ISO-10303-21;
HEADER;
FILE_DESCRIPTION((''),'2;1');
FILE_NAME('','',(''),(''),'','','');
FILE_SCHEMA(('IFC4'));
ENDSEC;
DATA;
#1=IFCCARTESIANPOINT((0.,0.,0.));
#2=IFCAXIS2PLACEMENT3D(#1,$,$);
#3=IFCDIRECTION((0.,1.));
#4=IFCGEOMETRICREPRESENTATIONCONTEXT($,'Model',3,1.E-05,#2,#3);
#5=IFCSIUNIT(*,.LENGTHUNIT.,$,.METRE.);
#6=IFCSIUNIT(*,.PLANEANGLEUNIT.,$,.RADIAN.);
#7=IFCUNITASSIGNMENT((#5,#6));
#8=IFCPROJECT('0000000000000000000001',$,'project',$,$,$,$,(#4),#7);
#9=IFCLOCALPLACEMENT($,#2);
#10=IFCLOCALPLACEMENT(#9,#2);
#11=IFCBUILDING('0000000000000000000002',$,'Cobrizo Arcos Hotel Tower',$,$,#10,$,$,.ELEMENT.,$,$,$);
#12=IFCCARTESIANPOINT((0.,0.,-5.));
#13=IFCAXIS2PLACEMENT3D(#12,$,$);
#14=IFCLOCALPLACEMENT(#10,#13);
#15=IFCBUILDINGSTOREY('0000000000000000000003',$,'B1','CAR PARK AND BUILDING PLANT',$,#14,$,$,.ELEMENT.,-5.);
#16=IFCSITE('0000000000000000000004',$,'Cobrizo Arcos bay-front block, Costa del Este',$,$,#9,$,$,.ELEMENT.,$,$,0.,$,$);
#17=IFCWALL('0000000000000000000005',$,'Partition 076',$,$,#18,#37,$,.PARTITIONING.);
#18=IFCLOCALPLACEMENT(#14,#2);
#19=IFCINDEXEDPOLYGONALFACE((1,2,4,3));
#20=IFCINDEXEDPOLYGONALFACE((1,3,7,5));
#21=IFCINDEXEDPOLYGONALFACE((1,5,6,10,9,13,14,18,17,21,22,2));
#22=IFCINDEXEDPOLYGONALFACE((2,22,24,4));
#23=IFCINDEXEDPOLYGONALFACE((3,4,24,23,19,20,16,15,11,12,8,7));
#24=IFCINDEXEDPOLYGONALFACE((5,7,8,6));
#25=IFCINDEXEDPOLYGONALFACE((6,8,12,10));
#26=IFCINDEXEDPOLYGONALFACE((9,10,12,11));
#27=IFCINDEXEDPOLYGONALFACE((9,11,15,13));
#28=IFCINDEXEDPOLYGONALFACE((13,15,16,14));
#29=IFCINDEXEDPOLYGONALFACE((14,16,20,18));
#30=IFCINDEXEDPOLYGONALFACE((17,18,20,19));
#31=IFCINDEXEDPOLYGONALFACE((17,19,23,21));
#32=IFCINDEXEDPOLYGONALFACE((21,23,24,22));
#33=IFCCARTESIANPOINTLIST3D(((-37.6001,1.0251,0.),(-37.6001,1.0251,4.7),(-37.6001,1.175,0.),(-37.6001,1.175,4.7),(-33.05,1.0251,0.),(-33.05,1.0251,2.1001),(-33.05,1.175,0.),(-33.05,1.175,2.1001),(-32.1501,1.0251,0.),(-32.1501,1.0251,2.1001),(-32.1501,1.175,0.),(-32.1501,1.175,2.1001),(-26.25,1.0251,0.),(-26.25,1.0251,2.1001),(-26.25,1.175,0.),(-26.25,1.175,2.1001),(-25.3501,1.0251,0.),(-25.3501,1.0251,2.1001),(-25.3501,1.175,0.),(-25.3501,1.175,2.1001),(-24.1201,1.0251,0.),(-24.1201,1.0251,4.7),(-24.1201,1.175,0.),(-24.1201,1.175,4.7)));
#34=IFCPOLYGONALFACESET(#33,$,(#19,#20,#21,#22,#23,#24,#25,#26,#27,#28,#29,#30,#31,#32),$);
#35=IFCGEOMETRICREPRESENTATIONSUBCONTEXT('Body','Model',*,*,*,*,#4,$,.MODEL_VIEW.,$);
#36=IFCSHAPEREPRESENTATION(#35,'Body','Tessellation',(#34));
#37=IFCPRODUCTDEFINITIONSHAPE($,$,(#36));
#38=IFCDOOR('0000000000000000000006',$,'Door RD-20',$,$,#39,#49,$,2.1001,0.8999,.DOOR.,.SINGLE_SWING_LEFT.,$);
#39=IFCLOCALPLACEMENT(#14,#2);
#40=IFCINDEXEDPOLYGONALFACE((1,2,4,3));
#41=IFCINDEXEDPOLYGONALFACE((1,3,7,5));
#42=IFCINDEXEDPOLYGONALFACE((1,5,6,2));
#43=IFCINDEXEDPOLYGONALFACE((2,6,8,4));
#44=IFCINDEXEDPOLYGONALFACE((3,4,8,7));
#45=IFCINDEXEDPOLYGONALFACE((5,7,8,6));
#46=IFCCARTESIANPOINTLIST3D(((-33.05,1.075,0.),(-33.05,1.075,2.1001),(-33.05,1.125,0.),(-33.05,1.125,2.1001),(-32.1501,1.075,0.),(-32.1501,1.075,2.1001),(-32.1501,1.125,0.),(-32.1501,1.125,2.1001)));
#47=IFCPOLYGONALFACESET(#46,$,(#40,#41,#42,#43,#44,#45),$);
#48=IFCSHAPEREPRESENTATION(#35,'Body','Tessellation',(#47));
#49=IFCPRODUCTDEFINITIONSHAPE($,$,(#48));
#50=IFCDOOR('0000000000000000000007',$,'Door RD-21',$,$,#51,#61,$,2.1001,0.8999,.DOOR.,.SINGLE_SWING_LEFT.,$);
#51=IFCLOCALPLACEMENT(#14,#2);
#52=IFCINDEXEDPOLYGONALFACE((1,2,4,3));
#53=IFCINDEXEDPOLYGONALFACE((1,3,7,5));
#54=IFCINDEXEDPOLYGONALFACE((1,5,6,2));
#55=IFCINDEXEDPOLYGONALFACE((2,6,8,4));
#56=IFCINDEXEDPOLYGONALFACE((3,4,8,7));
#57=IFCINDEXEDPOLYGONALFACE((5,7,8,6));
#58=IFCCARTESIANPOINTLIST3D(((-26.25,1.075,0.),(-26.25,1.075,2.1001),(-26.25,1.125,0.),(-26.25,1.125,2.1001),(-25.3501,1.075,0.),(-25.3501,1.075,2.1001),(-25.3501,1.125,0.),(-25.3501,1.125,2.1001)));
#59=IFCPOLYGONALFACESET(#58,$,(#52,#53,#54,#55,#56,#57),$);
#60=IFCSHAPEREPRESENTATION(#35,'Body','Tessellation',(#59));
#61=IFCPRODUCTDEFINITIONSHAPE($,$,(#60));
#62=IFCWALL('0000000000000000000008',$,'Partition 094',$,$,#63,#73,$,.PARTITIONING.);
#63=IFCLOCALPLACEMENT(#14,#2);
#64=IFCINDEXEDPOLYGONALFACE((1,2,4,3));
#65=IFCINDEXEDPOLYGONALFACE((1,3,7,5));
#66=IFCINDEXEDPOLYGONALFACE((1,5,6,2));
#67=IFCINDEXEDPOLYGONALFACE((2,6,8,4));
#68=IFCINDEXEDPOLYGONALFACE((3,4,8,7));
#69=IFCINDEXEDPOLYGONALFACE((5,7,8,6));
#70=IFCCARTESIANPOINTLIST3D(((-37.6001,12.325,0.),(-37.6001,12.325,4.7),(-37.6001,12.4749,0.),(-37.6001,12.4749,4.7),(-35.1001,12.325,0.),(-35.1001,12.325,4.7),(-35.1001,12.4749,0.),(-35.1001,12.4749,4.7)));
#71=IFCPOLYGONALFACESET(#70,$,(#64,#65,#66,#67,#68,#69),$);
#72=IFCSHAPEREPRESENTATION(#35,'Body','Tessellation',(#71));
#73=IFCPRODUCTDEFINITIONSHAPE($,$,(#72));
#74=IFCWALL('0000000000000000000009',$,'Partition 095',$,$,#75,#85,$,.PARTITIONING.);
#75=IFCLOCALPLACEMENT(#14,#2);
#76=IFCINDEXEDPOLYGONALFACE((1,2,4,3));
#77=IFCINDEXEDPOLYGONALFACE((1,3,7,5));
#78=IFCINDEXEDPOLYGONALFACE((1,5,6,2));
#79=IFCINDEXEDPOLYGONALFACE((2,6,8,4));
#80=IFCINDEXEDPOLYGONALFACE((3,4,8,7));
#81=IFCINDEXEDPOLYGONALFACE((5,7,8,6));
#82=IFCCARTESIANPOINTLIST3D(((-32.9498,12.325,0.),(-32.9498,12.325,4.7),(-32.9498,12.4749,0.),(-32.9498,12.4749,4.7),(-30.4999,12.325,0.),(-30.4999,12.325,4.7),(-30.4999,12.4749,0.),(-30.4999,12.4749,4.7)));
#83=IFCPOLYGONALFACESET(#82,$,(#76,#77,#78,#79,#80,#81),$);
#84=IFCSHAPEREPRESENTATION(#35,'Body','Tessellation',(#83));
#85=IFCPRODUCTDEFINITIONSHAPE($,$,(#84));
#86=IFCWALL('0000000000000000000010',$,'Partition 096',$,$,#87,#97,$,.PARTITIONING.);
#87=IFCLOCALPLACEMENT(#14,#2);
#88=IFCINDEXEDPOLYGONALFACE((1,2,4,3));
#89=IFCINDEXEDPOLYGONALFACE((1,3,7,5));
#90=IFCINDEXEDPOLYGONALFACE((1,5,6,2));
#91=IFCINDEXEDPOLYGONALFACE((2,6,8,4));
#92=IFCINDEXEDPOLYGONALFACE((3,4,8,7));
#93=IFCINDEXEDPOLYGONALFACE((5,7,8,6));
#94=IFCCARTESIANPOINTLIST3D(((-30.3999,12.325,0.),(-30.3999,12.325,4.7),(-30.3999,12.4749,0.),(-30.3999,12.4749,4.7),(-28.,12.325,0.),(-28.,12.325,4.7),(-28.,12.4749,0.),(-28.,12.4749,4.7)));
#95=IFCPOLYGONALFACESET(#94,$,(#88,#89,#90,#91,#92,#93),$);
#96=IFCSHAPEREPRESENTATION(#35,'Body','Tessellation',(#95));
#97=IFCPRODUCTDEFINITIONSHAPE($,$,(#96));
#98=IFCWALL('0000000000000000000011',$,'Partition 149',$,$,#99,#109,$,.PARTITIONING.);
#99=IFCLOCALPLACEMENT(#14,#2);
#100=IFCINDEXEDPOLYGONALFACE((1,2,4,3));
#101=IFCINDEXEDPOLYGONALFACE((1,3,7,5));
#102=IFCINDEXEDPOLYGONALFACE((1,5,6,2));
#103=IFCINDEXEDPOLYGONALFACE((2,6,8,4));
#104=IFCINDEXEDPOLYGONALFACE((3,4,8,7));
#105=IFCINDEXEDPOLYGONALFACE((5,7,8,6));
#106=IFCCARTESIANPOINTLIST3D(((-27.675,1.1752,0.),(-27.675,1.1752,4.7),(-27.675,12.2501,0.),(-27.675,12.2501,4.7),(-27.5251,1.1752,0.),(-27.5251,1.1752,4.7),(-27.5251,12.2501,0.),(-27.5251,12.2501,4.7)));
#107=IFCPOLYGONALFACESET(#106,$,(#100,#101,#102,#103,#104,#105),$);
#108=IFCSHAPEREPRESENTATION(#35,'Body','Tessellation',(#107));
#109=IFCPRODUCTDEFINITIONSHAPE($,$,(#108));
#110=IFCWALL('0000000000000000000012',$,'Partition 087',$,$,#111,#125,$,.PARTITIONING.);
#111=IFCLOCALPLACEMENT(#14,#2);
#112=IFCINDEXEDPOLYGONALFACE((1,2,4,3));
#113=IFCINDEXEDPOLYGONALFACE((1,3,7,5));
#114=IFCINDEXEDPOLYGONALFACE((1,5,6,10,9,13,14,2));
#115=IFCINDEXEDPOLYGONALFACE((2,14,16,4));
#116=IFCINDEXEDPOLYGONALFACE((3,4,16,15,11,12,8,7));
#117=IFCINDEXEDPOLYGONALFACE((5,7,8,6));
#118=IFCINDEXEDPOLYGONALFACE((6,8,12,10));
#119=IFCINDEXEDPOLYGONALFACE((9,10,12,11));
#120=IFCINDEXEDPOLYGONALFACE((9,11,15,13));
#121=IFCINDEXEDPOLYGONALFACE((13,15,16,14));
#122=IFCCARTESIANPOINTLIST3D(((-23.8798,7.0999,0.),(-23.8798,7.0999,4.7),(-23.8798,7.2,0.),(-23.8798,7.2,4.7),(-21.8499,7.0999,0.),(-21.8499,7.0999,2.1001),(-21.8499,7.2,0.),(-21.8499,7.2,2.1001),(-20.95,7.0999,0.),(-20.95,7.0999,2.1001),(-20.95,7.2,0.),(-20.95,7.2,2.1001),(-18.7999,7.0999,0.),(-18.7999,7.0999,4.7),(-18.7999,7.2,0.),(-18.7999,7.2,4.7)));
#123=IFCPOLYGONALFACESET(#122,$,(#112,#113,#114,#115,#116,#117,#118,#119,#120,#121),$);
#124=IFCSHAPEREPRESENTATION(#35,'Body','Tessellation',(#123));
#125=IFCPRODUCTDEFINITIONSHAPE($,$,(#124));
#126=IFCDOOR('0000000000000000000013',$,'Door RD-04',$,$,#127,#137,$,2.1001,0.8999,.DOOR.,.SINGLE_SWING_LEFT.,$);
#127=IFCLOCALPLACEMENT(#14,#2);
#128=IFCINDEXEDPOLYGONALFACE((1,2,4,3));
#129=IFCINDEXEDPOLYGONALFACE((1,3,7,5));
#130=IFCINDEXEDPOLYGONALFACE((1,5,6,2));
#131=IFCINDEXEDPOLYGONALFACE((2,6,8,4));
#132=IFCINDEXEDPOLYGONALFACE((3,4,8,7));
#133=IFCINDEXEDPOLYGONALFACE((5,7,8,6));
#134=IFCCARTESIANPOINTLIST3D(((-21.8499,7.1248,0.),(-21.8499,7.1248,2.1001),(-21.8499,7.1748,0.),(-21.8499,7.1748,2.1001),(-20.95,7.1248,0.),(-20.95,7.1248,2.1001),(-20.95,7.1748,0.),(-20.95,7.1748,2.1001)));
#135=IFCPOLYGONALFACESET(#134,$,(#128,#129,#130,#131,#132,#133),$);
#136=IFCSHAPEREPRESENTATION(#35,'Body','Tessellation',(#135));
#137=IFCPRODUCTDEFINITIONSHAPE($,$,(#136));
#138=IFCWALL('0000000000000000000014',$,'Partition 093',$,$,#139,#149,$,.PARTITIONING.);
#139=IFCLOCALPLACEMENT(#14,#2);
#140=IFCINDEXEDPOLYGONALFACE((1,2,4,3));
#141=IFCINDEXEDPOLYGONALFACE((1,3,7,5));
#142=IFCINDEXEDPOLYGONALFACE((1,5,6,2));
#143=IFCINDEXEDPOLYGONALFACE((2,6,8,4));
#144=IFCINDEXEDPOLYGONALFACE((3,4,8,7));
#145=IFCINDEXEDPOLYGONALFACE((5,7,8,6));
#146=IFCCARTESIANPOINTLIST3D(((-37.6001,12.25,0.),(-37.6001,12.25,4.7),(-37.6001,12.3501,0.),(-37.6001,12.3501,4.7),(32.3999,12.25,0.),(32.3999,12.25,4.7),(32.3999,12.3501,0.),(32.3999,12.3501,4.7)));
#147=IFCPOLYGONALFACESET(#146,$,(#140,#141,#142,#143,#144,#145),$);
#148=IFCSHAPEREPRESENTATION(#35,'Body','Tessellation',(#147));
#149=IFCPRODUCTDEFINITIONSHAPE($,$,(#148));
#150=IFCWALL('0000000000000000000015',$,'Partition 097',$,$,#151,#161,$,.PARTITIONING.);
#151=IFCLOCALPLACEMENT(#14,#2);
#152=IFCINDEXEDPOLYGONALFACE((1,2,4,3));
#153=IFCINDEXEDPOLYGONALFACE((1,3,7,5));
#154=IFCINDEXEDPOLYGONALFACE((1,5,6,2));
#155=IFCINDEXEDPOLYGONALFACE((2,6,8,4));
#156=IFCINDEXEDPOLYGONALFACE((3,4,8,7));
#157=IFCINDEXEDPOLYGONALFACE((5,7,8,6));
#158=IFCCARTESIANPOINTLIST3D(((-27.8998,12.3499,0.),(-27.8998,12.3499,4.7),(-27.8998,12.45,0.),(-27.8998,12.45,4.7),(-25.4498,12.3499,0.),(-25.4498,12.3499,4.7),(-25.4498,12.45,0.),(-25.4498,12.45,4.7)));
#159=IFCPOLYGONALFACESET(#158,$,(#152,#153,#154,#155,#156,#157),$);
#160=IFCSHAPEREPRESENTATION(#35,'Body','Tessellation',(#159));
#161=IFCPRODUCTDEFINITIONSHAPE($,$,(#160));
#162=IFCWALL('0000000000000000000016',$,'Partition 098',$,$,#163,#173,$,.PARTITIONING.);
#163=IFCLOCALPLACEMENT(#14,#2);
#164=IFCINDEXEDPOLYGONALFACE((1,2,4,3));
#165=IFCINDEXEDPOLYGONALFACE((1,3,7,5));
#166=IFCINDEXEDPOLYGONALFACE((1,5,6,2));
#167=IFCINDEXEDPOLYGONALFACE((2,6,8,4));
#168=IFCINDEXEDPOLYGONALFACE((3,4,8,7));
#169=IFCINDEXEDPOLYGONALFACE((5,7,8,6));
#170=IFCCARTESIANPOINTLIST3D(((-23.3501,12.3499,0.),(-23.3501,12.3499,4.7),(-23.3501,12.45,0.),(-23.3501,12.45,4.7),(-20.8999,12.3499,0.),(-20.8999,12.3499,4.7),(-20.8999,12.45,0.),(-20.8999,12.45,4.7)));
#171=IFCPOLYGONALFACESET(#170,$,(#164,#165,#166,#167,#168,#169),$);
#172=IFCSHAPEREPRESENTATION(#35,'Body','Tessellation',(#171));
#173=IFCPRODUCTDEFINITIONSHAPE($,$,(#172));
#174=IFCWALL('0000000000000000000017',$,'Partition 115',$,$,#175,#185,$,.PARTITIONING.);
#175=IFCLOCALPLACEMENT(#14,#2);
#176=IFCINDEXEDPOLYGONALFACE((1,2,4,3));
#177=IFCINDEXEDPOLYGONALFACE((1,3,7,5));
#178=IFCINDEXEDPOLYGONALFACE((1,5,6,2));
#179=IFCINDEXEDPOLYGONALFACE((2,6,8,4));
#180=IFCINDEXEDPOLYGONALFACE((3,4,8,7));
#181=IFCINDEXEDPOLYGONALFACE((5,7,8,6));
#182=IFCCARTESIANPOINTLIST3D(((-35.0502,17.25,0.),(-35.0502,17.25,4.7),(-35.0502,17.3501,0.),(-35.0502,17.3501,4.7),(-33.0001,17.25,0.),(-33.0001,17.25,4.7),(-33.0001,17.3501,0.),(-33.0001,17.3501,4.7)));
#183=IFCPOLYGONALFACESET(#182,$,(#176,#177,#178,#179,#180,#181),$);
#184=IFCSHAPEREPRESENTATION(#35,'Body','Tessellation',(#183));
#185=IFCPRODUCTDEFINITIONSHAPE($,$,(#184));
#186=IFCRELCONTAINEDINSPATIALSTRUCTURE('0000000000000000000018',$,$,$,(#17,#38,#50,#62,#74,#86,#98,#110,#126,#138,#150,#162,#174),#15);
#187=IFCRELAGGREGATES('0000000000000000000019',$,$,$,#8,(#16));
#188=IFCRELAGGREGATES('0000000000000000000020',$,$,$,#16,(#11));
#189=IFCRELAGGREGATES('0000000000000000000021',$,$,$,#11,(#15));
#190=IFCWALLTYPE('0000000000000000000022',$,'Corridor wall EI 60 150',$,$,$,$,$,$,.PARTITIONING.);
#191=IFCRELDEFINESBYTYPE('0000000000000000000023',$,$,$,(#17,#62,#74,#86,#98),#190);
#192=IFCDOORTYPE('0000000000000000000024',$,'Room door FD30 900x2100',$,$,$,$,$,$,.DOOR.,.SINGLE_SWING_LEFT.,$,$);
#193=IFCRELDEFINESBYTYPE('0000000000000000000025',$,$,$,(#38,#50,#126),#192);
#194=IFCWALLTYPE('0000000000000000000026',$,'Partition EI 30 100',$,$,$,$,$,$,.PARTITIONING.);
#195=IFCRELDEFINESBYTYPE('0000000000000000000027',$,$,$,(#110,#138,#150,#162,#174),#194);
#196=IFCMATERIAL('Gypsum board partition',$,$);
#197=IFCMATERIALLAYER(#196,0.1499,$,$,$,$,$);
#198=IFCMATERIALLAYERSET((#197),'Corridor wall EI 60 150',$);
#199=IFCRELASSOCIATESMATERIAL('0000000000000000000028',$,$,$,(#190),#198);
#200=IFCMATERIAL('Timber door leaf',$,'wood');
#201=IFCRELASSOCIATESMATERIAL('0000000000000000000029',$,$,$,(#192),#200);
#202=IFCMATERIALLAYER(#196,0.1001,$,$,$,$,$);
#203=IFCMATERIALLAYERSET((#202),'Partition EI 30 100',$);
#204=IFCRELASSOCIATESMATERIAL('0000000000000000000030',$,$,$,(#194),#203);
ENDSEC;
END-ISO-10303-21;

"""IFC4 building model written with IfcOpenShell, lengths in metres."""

from ifc_helpers import new_model, si_unit, direction, frame, frame_2d, origin, place, context, subcontext, project, spatial, rectangle, extrude, material, layer, layer_set, type_object, element, fill, save


model = new_model("IFC4")

# Units and contexts
model_context = context("Model", 3, precision=1e-05, world=origin(), true_north=direction((0.0, 1.0)))
body_context = subcontext(model_context, "Body", "Model", "MODEL_VIEW")
ifc_project = project(units=[si_unit("LENGTHUNIT", "METRE"), si_unit("PLANEANGLEUNIT", "RADIAN")], contexts=[model_context])

# Site, building, storey
site_placement = place(None, origin())
site = spatial("IfcSite", under=ifc_project, at=site_placement, Name="Cobrizo Arcos bay-front block, Costa del Este", CompositionType="ELEMENT", RefElevation=0.0)
building_placement = place(site_placement, origin())
building = spatial("IfcBuilding", under=site, at=building_placement, Name="Cobrizo Arcos Hotel Tower", CompositionType="ELEMENT")
storey_placement = place(building_placement, frame((0.0, 0.0, -5.0)))
storey = spatial("IfcBuildingStorey", under=building, at=storey_placement, Name="B1", Description="CAR PARK AND BUILDING PLANT", CompositionType="ELEMENT", Elevation=-5.0)

# Shared definitions
ifc_material_1 = material(Name="Gypsum board partition")
ifc_layer_1 = layer(ifc_material_1, 0.1499)
ifc_layer_set_1 = layer_set([ifc_layer_1], Name="Corridor wall EI 60 150")
wall_type_1 = type_object("IfcWallType", Name="Corridor wall EI 60 150", PredefinedType="PARTITIONING", material=ifc_layer_set_1)
ifc_material_2 = material(Name="Timber door leaf", Category="wood")
door_type = type_object("IfcDoorType", Name="Room door FD30 900x2100", OperationType="SINGLE_SWING_LEFT", PredefinedType="DOOR", material=ifc_material_2)

# Wall, openings, doors
wall_1_placement = place(storey_placement, frame((-37.6001, 1.1001, 0.0), z_axis=(0.0, 0.0, 1.0), x_axis=(1.0, 0.0, 0.0)))
wall_1 = element("IfcWall", 1, at=wall_1_placement, inside=storey, type_object=wall_type_1, Name="Partition 076", PredefinedType="PARTITIONING", context=body_context, shape_type="SweptSolid", body=[
    extrude(rectangle(XDim=13.48, YDim=0.1499, at=frame_2d((6.74, 0.0))), origin(), (0.0, 0.0, 1.0), 4.7),
])
opening_1_placement = place(wall_1_placement, frame((4.55, 0.0, 0.0)))
opening_1 = element("IfcOpeningElement", 2, at=opening_1_placement, cuts=wall_1, PredefinedType="OPENING", context=body_context, shape_type="SweptSolid", body=[
    extrude(rectangle(XDim=0.8999, YDim=2.1001, at=frame_2d((0.45, 1.05))), frame((0.0, 0.0869, 0.0), z_axis=(0.0, -1.0, 0.0), x_axis=(1.0, 0.0, 0.0)), (0.0, 0.0, 1.0), 0.1738),
])
opening_2_placement = place(wall_1_placement, frame((11.3501, 0.0, 0.0)))
opening_2 = element("IfcOpeningElement", 3, at=opening_2_placement, cuts=wall_1, PredefinedType="OPENING", context=body_context, shape_type="SweptSolid", body=[
    extrude(rectangle(XDim=0.8999, YDim=2.1001, at=frame_2d((0.45, 1.05))), frame((0.0, 0.0869, 0.0), z_axis=(0.0, -1.0, 0.0), x_axis=(1.0, 0.0, 0.0)), (0.0, 0.0, 1.0), 0.1738),
])
door_1_placement = place(opening_1_placement, origin())
door_1 = element("IfcDoor", 4, at=door_1_placement, inside=storey, type_object=door_type, Name="Door RD-20", OperationType="SINGLE_SWING_LEFT", OverallHeight=2.1001, OverallWidth=0.8999, PredefinedType="DOOR", context=body_context, shape_type="SweptSolid", body=[
    extrude(rectangle(XDim=0.8999, YDim=2.1001, at=frame_2d((0.45, 1.05))), frame((0.0, 0.0249, 0.0), z_axis=(0.0, -1.0, 0.0), x_axis=(1.0, 0.0, 0.0)), (0.0, 0.0, 1.0), 0.05),
])
fill(opening_1, door_1)
door_2_placement = place(opening_2_placement, origin())
door_2 = element("IfcDoor", 5, at=door_2_placement, inside=storey, type_object=door_type, Name="Door RD-21", OperationType="SINGLE_SWING_LEFT", OverallHeight=2.1001, OverallWidth=0.8999, PredefinedType="DOOR", context=body_context, shape_type="SweptSolid", body=[
    extrude(rectangle(XDim=0.8999, YDim=2.1001, at=frame_2d((0.45, 1.05))), frame((0.0, 0.0249, 0.0), z_axis=(0.0, -1.0, 0.0), x_axis=(1.0, 0.0, 0.0)), (0.0, 0.0, 1.0), 0.05),
])
fill(opening_2, door_2)

# Walls
wall_2_placement = place(storey_placement, frame((-37.6001, 12.3999, 0.0), z_axis=(0.0, 0.0, 1.0), x_axis=(1.0, 0.0, 0.0)))
element("IfcWall", 6, at=wall_2_placement, inside=storey, type_object=wall_type_1, Name="Partition 094", PredefinedType="PARTITIONING", context=body_context, shape_type="SweptSolid", body=[
    extrude(rectangle(XDim=2.5, YDim=0.1499, at=frame_2d((1.25, 0.0))), origin(), (0.0, 0.0, 1.0), 4.7),
])
wall_3_placement = place(storey_placement, frame((-32.95, 12.3999, 0.0), z_axis=(0.0, 0.0, 1.0), x_axis=(1.0, 0.0, 0.0)))
element("IfcWall", 7, at=wall_3_placement, inside=storey, type_object=wall_type_1, Name="Partition 095", PredefinedType="PARTITIONING", context=body_context, shape_type="SweptSolid", body=[
    extrude(rectangle(XDim=2.45, YDim=0.1499, at=frame_2d((1.2251, 0.0))), origin(), (0.0, 0.0, 1.0), 4.7),
])
wall_4_placement = place(storey_placement, frame((-30.3999, 12.3999, 0.0), z_axis=(0.0, 0.0, 1.0), x_axis=(1.0, 0.0, 0.0)))
element("IfcWall", 8, at=wall_4_placement, inside=storey, type_object=wall_type_1, Name="Partition 096", PredefinedType="PARTITIONING", context=body_context, shape_type="SweptSolid", body=[
    extrude(rectangle(XDim=2.3999, YDim=0.1499, at=frame_2d((1.2, 0.0))), origin(), (0.0, 0.0, 1.0), 4.7),
])
wall_5_placement = place(storey_placement, frame((-27.6001, 1.175, 0.0), z_axis=(0.0, 0.0, 1.0), x_axis=(0.0, 1.0, 0.0)))
element("IfcWall", 9, at=wall_5_placement, inside=storey, type_object=wall_type_1, Name="Partition 149", PredefinedType="PARTITIONING", context=body_context, shape_type="SweptSolid", body=[
    extrude(rectangle(XDim=11.075, YDim=0.1499, at=frame_2d((5.5376, 0.0))), origin(), (0.0, 0.0, 1.0), 4.7),
])

# Wall, opening, door
ifc_layer_2 = layer(ifc_material_1, 0.1001)
ifc_layer_set_2 = layer_set([ifc_layer_2], Name="Partition EI 30 100")
wall_type_2 = type_object("IfcWallType", Name="Partition EI 30 100", PredefinedType="PARTITIONING", material=ifc_layer_set_2)
wall_6_placement = place(storey_placement, frame((-23.8799, 7.1499, 0.0), z_axis=(0.0, 0.0, 1.0), x_axis=(1.0, 0.0, 0.0)))
wall_6 = element("IfcWall", 10, at=wall_6_placement, inside=storey, type_object=wall_type_2, Name="Partition 087", PredefinedType="PARTITIONING", context=body_context, shape_type="SweptSolid", body=[
    extrude(rectangle(XDim=5.0798, YDim=0.1001, at=frame_2d((2.54, 0.0))), origin(), (0.0, 0.0, 1.0), 4.7),
])
opening_3_placement = place(wall_6_placement, frame((2.03, 0.0, 0.0)))
opening_3 = element("IfcOpeningElement", 11, at=opening_3_placement, cuts=wall_6, PredefinedType="OPENING", context=body_context, shape_type="SweptSolid", body=[
    extrude(rectangle(XDim=0.8999, YDim=2.1001, at=frame_2d((0.45, 1.05))), frame((0.0, 0.062, 0.0), z_axis=(0.0, -1.0, 0.0), x_axis=(1.0, 0.0, 0.0)), (0.0, 0.0, 1.0), 0.124),
])
door_3_placement = place(opening_3_placement, origin())
door_3 = element("IfcDoor", 12, at=door_3_placement, inside=storey, type_object=door_type, Name="Door RD-04", OperationType="SINGLE_SWING_LEFT", OverallHeight=2.1001, OverallWidth=0.8999, PredefinedType="DOOR", context=body_context, shape_type="SweptSolid", body=[
    extrude(rectangle(XDim=0.8999, YDim=2.1001, at=frame_2d((0.45, 1.05))), frame((0.0, 0.0249, 0.0), z_axis=(0.0, -1.0, 0.0), x_axis=(1.0, 0.0, 0.0)), (0.0, 0.0, 1.0), 0.05),
])
fill(opening_3, door_3)

# Walls
wall_7_placement = place(storey_placement, frame((-37.6001, 12.3, 0.0), z_axis=(0.0, 0.0, 1.0), x_axis=(1.0, 0.0, 0.0)))
element("IfcWall", 13, at=wall_7_placement, inside=storey, type_object=wall_type_2, Name="Partition 093", PredefinedType="PARTITIONING", context=body_context, shape_type="SweptSolid", body=[
    extrude(rectangle(XDim=70.0, YDim=0.1001, at=frame_2d((35.0, 0.0))), origin(), (0.0, 0.0, 1.0), 4.7),
])
wall_8_placement = place(storey_placement, frame((-27.8999, 12.3999, 0.0), z_axis=(0.0, 0.0, 1.0), x_axis=(1.0, 0.0, 0.0)))
element("IfcWall", 14, at=wall_8_placement, inside=storey, type_object=wall_type_2, Name="Partition 097", PredefinedType="PARTITIONING", context=body_context, shape_type="SweptSolid", body=[
    extrude(rectangle(XDim=2.45, YDim=0.1001, at=frame_2d((1.2251, 0.0))), origin(), (0.0, 0.0, 1.0), 4.7),
])
wall_9_placement = place(storey_placement, frame((-23.3501, 12.3999, 0.0), z_axis=(0.0, 0.0, 1.0), x_axis=(1.0, 0.0, 0.0)))
element("IfcWall", 15, at=wall_9_placement, inside=storey, type_object=wall_type_2, Name="Partition 098", PredefinedType="PARTITIONING", context=body_context, shape_type="SweptSolid", body=[
    extrude(rectangle(XDim=2.4502, YDim=0.1001, at=frame_2d((1.2251, 0.0))), origin(), (0.0, 0.0, 1.0), 4.7),
])
wall_10_placement = place(storey_placement, frame((-35.05, 17.3, 0.0), z_axis=(0.0, 0.0, 1.0), x_axis=(1.0, 0.0, 0.0)))
element("IfcWall", 16, at=wall_10_placement, inside=storey, type_object=wall_type_2, Name="Partition 115", PredefinedType="PARTITIONING", context=body_context, shape_type="SweptSolid", body=[
    extrude(rectangle(XDim=2.05, YDim=0.1001, at=frame_2d((1.0249, 0.0))), origin(), (0.0, 0.0, 1.0), 4.7),
])

save(model, "model.ifc")
